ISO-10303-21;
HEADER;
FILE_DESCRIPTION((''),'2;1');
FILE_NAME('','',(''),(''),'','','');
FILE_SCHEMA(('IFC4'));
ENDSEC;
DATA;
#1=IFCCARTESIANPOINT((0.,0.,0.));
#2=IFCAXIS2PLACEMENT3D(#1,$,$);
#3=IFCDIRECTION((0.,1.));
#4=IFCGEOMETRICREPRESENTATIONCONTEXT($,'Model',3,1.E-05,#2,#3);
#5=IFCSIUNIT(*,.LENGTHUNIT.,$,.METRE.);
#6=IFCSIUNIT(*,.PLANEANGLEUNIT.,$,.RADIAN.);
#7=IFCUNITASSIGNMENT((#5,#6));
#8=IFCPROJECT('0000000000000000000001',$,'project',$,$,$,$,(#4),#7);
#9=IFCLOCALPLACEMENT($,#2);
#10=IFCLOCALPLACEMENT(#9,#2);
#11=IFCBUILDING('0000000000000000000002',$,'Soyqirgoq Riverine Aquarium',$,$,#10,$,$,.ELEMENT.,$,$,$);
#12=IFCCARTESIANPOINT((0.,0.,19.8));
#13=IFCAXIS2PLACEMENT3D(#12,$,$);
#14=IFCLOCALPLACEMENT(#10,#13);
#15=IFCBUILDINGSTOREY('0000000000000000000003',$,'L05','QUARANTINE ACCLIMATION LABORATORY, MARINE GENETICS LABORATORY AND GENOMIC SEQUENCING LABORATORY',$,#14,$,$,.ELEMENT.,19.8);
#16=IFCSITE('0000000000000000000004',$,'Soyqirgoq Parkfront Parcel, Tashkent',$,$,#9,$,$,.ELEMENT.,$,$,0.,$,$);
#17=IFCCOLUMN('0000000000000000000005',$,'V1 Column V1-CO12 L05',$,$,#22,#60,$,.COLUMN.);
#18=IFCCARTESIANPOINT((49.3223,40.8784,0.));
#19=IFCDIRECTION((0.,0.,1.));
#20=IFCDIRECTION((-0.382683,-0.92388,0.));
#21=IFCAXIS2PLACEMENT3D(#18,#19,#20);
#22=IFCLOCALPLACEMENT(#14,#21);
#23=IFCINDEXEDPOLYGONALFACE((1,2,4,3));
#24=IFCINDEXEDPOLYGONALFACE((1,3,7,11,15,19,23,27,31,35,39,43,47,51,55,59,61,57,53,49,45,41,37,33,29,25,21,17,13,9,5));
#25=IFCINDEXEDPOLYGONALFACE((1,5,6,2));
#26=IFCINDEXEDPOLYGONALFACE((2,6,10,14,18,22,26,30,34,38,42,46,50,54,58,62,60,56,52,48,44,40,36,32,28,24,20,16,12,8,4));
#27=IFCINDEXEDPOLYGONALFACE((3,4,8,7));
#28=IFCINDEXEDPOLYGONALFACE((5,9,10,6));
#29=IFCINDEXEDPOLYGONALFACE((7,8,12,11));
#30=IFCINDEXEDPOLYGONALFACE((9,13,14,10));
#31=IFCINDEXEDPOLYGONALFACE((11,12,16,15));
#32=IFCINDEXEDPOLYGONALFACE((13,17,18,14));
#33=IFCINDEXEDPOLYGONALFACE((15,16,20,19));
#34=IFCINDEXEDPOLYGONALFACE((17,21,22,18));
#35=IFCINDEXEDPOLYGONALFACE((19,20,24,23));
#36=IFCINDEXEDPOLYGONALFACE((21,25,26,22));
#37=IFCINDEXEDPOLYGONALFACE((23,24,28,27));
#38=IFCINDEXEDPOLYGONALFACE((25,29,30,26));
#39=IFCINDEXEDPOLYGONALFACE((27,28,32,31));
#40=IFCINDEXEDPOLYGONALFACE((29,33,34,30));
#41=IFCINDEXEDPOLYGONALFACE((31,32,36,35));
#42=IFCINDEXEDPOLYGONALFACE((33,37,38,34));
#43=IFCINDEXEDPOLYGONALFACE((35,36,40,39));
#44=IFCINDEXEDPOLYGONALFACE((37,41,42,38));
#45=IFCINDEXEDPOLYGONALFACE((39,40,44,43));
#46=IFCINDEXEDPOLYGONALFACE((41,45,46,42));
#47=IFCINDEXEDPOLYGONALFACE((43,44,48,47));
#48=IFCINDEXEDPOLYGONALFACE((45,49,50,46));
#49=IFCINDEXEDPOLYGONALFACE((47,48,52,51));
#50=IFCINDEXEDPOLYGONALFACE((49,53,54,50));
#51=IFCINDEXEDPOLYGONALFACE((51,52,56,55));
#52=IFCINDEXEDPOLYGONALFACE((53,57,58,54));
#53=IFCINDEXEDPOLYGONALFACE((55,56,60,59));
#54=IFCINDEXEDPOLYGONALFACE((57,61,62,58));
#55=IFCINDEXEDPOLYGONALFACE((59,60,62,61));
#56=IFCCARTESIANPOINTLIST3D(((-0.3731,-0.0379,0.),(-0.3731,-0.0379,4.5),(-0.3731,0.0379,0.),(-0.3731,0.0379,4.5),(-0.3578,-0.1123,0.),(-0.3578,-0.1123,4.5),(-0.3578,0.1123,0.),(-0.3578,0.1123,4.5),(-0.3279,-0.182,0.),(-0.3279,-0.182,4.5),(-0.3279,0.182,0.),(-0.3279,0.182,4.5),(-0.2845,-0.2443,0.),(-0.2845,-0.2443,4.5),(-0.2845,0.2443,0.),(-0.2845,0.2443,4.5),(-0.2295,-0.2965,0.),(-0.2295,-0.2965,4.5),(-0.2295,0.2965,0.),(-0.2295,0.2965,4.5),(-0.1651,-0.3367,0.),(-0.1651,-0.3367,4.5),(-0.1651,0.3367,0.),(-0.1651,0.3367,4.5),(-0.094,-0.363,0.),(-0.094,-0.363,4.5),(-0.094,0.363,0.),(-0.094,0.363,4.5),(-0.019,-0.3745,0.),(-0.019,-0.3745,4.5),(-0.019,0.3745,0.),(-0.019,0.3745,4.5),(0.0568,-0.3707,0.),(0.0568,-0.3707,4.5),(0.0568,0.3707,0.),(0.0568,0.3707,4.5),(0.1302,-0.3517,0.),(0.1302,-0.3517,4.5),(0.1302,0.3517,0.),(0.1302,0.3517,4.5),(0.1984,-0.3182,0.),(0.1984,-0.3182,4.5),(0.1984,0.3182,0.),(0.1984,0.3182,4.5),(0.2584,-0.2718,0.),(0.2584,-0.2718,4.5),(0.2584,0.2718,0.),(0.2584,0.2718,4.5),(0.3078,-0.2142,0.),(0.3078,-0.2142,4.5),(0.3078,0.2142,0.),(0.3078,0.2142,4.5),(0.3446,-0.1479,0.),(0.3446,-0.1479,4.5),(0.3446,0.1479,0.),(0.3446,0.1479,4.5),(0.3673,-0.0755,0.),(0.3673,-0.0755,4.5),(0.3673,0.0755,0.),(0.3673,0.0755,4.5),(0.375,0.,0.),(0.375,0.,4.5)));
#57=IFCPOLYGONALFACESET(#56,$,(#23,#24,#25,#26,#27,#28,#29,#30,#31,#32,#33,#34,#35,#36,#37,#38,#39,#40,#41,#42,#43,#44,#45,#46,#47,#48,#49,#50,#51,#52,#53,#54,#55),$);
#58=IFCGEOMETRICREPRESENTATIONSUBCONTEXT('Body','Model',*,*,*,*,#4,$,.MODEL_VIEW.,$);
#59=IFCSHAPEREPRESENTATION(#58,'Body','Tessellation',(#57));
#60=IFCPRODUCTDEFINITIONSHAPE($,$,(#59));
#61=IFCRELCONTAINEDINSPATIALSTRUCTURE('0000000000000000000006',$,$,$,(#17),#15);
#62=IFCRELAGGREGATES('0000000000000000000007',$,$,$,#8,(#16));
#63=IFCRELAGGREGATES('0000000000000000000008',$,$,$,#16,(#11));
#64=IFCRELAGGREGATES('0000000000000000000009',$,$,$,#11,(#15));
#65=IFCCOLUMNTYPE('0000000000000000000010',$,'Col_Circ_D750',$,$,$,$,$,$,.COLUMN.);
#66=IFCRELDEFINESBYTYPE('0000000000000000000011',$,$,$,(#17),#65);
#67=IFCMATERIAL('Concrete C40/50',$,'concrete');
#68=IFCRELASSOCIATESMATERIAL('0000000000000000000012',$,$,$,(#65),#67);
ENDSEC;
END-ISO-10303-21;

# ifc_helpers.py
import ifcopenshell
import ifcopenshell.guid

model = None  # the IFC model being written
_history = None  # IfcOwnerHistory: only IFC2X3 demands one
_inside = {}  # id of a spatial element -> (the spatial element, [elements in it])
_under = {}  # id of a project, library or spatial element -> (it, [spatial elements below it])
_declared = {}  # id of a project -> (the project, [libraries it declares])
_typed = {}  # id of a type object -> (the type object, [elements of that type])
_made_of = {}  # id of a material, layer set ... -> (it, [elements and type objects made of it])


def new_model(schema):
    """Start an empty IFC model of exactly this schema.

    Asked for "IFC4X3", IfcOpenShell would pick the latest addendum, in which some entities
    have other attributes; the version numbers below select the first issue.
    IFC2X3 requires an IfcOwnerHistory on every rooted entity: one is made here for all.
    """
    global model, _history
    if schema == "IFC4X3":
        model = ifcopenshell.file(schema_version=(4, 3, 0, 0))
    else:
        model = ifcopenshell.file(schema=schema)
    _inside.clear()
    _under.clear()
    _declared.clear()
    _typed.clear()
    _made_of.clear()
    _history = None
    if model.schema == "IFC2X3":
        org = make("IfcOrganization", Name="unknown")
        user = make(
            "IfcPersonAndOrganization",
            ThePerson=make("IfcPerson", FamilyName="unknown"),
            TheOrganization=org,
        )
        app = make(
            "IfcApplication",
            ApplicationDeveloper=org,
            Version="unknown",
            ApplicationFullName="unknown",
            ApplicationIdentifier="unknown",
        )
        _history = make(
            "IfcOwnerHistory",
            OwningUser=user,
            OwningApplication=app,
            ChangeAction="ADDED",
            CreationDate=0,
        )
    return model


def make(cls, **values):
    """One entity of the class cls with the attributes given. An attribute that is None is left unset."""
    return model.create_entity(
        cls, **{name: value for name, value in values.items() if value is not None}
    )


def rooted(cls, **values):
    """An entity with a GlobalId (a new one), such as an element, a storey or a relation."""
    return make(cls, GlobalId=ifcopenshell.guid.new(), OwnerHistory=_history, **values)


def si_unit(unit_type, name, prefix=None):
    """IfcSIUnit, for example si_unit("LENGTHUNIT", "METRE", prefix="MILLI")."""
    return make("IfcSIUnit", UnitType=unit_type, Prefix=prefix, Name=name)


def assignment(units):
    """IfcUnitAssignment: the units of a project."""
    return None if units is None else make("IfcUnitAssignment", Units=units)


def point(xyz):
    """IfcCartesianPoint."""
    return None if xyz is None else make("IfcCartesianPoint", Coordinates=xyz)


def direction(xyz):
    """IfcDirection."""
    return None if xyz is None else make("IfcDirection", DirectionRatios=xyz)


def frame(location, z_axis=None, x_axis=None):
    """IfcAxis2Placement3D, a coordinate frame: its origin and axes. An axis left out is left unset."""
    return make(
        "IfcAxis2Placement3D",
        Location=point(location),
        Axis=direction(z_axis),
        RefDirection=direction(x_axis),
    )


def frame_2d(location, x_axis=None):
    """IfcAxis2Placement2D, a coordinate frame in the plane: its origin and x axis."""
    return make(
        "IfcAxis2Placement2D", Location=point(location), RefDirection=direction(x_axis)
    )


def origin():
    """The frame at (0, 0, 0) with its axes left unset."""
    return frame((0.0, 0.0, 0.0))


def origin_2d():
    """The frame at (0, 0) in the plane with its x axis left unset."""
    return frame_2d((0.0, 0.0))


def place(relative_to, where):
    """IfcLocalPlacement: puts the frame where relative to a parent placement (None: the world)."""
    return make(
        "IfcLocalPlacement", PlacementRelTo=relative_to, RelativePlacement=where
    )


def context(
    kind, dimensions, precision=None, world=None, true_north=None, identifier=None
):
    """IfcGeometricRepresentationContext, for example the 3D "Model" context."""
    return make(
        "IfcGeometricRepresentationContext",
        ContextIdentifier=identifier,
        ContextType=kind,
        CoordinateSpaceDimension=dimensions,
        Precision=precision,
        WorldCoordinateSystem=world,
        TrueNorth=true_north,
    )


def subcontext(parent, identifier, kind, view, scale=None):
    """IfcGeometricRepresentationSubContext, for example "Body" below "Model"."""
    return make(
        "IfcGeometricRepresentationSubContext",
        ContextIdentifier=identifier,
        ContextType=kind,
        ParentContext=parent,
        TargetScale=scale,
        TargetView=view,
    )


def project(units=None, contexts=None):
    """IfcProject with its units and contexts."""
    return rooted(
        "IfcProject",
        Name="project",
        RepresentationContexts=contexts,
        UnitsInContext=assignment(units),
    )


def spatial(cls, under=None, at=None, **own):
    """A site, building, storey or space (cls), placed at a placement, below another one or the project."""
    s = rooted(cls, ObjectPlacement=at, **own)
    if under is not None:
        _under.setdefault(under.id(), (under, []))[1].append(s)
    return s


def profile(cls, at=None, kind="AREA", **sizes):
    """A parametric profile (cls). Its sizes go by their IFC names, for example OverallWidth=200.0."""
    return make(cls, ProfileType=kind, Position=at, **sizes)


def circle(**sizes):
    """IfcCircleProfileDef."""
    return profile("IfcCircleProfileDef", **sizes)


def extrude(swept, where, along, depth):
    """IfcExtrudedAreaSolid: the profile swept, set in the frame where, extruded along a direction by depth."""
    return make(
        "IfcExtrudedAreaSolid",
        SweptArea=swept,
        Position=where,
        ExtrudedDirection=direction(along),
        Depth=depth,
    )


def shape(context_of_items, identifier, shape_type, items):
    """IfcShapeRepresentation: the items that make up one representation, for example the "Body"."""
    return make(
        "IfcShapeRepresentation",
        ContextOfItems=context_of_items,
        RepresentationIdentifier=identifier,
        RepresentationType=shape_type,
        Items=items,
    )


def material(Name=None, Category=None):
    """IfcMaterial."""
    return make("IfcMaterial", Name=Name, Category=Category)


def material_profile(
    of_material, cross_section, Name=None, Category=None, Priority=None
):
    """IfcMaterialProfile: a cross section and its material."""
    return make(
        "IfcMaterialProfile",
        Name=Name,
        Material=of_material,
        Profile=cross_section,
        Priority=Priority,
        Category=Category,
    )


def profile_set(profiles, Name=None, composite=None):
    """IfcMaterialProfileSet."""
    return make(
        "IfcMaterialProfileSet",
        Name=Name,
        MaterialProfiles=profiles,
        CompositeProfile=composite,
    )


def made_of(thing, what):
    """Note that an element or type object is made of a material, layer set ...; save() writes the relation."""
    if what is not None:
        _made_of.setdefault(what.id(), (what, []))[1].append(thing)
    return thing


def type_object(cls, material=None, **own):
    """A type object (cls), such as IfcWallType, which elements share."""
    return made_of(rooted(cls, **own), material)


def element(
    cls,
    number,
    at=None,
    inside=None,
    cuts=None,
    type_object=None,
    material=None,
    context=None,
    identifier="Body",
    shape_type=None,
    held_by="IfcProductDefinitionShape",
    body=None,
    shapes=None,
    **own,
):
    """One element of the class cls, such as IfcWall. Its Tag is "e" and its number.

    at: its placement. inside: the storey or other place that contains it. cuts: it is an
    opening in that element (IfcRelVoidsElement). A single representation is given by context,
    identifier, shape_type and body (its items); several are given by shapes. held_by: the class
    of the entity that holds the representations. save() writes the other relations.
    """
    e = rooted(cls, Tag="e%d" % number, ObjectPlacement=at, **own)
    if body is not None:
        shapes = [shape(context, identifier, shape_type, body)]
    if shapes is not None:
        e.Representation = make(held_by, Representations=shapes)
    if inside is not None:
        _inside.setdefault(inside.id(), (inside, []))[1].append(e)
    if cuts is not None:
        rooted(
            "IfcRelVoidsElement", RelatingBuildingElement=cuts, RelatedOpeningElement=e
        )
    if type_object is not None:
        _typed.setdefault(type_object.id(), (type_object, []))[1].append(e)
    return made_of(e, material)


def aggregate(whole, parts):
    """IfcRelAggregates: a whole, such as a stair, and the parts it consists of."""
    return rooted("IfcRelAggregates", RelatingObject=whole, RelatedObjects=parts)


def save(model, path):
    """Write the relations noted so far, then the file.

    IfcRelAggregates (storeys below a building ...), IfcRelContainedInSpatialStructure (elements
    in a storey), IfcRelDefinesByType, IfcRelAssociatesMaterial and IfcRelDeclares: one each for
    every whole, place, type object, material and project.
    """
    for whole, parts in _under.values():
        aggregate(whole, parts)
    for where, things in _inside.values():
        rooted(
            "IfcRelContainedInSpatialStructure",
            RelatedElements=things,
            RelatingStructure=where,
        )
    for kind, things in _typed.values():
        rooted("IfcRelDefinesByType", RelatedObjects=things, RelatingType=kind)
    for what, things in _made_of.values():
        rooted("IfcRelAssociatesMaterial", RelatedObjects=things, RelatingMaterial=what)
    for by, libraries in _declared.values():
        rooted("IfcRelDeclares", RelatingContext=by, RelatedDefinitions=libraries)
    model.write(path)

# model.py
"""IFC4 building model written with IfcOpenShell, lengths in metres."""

from ifc_helpers import new_model, si_unit, direction, frame, origin, origin_2d, place, context, subcontext, project, spatial, circle, extrude, material, material_profile, profile_set, type_object, element, save


model = new_model("IFC4")

# Units and contexts
model_context = context("Model", 3, precision=1e-05, world=origin(), true_north=direction((0.0, 1.0)))
body_context = subcontext(model_context, "Body", "Model", "MODEL_VIEW")
ifc_project = project(units=[si_unit("LENGTHUNIT", "METRE"), si_unit("PLANEANGLEUNIT", "RADIAN")], contexts=[model_context])

# Site, building, storey
site_placement = place(None, origin())
site = spatial("IfcSite", under=ifc_project, at=site_placement, Name="Soyqirgoq Parkfront Parcel, Tashkent", CompositionType="ELEMENT", RefElevation=0.0)
building_placement = place(site_placement, origin())
building = spatial("IfcBuilding", under=site, at=building_placement, Name="Soyqirgoq Riverine Aquarium", CompositionType="ELEMENT")
storey_placement = place(building_placement, frame((0.0, 0.0, 19.8)))
storey = spatial("IfcBuildingStorey", under=building, at=storey_placement, Name="L05", Description="QUARANTINE ACCLIMATION LABORATORY, MARINE GENETICS LABORATORY AND GENOMIC SEQUENCING LABORATORY", CompositionType="ELEMENT", Elevation=19.8)

# Column
ifc_material_1 = material(Name="Concrete C40/50", Category="concrete")
ifc_material_profile_1 = material_profile(ifc_material_1, circle(Radius=0.375, at=origin_2d()), Name="RC-COL D750")
ifc_profile_set_1 = profile_set([ifc_material_profile_1], Name="Concrete C40/50")
column_type = type_object("IfcColumnType", Name="Col_Circ_D750", PredefinedType="COLUMN", material=ifc_profile_set_1)
column_placement = place(storey_placement, frame((49.3223, 40.8784, 0.0), z_axis=(0.0, 0.0, 1.0), x_axis=(-0.382683, -0.92388, 0.0)))
element("IfcColumn", 1, at=column_placement, inside=storey, type_object=column_type, Name="V1 Column V1-CO12 L05", PredefinedType="COLUMN", context=body_context, shape_type="SweptSolid", body=[
    extrude(circle(Radius=0.375, at=origin_2d()), origin(), (0.0, 0.0, 1.0), 4.5),
])

save(model, "model.ifc")
